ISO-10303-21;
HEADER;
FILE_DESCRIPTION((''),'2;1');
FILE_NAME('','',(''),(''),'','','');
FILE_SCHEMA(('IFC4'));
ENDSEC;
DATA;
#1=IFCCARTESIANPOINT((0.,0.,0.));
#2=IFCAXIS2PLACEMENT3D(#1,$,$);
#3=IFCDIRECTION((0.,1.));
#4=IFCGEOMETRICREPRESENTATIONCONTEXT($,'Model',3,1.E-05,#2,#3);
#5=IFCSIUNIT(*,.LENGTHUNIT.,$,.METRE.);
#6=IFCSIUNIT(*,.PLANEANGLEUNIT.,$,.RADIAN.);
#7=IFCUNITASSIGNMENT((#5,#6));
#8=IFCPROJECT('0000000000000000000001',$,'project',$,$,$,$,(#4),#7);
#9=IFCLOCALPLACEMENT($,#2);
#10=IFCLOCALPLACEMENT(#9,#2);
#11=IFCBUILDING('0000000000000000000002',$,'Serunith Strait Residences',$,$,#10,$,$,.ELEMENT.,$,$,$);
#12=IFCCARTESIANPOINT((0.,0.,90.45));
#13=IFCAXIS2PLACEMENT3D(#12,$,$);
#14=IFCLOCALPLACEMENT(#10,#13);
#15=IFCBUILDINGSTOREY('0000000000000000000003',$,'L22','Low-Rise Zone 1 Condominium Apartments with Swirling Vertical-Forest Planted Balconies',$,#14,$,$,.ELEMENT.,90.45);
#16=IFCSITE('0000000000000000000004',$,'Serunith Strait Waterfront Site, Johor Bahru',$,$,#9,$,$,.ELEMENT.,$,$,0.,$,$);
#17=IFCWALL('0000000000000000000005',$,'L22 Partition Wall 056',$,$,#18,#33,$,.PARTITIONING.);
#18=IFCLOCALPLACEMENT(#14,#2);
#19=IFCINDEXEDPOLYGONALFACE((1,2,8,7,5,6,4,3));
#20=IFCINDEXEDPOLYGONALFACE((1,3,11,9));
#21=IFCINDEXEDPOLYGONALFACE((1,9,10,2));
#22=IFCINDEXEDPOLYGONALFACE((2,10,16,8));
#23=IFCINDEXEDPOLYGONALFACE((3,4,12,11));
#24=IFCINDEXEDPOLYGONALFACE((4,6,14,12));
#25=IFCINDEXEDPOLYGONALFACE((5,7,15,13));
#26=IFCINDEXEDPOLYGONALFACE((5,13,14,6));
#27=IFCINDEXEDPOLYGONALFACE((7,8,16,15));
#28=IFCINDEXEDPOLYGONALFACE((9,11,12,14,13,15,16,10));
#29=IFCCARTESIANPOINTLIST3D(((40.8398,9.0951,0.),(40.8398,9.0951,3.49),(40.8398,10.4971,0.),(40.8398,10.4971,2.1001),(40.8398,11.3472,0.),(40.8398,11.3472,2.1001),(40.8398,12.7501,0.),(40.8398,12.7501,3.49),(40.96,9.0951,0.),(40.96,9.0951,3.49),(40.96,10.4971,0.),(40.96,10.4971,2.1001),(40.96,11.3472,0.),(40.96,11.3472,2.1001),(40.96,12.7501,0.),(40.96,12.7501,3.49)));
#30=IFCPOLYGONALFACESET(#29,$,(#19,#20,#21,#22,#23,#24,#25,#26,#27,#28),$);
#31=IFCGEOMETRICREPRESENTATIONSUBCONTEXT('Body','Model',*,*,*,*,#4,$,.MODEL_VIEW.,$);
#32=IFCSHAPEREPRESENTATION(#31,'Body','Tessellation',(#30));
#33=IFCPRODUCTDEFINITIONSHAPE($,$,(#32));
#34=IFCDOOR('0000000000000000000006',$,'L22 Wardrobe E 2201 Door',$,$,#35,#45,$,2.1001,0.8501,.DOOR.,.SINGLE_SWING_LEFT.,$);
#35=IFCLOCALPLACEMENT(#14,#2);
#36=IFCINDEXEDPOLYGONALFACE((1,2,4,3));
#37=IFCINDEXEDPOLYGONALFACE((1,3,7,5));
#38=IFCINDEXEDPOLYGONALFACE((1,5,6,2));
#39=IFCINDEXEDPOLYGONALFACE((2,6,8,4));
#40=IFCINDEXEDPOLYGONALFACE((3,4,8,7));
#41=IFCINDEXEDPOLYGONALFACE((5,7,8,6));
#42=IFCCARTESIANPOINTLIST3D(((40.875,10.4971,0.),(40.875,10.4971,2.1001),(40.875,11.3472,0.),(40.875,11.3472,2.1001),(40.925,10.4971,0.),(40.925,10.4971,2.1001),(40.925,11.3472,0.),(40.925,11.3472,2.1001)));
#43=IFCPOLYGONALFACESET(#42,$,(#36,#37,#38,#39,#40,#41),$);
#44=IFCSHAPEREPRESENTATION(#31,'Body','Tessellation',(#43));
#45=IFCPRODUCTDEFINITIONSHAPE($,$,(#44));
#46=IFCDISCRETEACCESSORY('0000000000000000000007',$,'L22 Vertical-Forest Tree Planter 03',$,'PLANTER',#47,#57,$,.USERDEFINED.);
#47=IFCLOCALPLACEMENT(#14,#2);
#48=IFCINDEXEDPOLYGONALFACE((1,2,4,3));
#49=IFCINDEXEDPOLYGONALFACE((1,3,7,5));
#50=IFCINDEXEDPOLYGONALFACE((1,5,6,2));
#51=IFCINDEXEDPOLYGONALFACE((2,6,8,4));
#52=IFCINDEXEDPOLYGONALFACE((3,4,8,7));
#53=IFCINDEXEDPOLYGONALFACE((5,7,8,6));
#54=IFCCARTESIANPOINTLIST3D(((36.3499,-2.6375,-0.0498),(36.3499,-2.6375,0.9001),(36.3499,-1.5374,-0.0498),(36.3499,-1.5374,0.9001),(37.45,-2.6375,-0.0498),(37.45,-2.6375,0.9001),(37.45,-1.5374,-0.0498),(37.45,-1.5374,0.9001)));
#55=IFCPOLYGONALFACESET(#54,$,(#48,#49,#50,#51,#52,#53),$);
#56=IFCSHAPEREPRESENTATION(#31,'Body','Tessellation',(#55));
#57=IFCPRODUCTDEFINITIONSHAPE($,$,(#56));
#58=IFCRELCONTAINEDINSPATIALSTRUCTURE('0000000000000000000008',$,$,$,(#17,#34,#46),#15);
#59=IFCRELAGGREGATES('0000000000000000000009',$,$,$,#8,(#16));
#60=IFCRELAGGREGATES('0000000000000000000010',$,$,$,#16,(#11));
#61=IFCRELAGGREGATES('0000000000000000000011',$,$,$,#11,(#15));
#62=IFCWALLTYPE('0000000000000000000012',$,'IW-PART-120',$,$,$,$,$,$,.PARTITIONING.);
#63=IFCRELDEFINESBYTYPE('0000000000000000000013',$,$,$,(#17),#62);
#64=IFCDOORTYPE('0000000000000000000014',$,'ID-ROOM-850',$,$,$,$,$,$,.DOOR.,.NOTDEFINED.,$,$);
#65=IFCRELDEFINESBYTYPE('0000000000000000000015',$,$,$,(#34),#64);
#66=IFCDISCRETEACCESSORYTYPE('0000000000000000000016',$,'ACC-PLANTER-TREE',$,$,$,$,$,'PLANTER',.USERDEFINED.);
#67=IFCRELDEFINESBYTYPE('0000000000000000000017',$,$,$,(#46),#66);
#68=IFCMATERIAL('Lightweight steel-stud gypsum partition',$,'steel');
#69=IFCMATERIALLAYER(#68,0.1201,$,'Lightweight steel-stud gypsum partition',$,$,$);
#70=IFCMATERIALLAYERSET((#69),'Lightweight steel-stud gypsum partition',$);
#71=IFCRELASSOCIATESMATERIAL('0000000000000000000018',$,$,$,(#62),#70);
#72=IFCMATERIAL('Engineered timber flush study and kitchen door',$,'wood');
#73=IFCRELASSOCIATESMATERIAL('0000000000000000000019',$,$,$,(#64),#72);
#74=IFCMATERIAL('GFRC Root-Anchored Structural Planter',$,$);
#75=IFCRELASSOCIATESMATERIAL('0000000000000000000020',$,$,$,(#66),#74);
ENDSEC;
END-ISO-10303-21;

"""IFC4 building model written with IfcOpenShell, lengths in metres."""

from ifc_helpers import new_model, si_unit, direction, frame, frame_2d, origin, origin_2d, place, context, subcontext, project, spatial, rectangle, extrude, source, transform, mapped, material, layer, layer_set, type_object, element, fill, save


model = new_model("IFC4")

# Units and contexts
model_context = context("Model", 3, precision=1e-05, world=origin(), true_north=direction((0.0, 1.0)))
body_context = subcontext(model_context, "Body", "Model", "MODEL_VIEW")
ifc_project = project(units=[si_unit("LENGTHUNIT", "METRE"), si_unit("PLANEANGLEUNIT", "RADIAN")], contexts=[model_context])

# Site, building, storey
site_placement = place(None, origin())
site = spatial("IfcSite", under=ifc_project, at=site_placement, Name="Serunith Strait Waterfront Site, Johor Bahru", CompositionType="ELEMENT", RefElevation=0.0)
building_placement = place(site_placement, origin())
building = spatial("IfcBuilding", under=site, at=building_placement, Name="Serunith Strait Residences", CompositionType="ELEMENT")
storey_placement = place(building_placement, frame((0.0, 0.0, 90.45)))
storey = spatial("IfcBuildingStorey", under=building, at=storey_placement, Name="L22", Description="Low-Rise Zone 1 Condominium Apartments with Swirling Vertical-Forest Planted Balconies", CompositionType="ELEMENT", Elevation=90.45)

# Shared definitions
ifc_material_1 = material(Name="Lightweight steel-stud gypsum partition", Category="steel")
ifc_layer_1 = layer(ifc_material_1, 0.1201, Name="Lightweight steel-stud gypsum partition")
ifc_layer_set_1 = layer_set([ifc_layer_1], Name="Lightweight steel-stud gypsum partition")
wall_type = type_object("IfcWallType", Name="IW-PART-120", PredefinedType="PARTITIONING", material=ifc_layer_set_1)

# Shared definitions
ifc_material_2 = material(Name="Engineered timber flush study and kitchen door", Category="wood")
door_type_1 = type_object("IfcDoorType", Name="ID-ROOM-850", OperationType="NOTDEFINED", PredefinedType="DOOR", material=ifc_material_2)
shared_shape_1 = source(origin(), body_context, "Body", "SweptSolid", [
    extrude(rectangle(XDim=0.8501, YDim=2.1001, at=frame_2d((0.425, 1.05))), frame((0.0, 0.0249, 0.0), z_axis=(0.0, -1.0, 0.0), x_axis=(1.0, 0.0, 0.0)), (0.0, 0.0, 1.0), 0.05),
])

# Wall, opening, door
wall_1_placement = place(storey_placement, frame((40.8999, 9.095, 0.0), z_axis=(0.0, 0.0, 1.0), x_axis=(0.0, 1.0, 0.0)))
wall_1 = element("IfcWall", 1, at=wall_1_placement, inside=storey, type_object=wall_type, Name="L22 Partition Wall 056", PredefinedType="PARTITIONING", context=body_context, shape_type="SweptSolid", body=[
    extrude(rectangle(XDim=3.655, YDim=0.1201, at=frame_2d((1.8276, 0.0))), origin(), (0.0, 0.0, 1.0), 3.49),
])
opening_1_placement = place(wall_1_placement, frame((1.4021, 0.0, 0.0)))
opening_1 = element("IfcOpeningElement", 2, at=opening_1_placement, cuts=wall_1, PredefinedType="OPENING", context=body_context, shape_type="SweptSolid", body=[
    extrude(rectangle(XDim=0.8501, YDim=2.1001, at=frame_2d((0.425, 1.05))), frame((0.0, 0.0701, 0.0), z_axis=(0.0, -1.0, 0.0), x_axis=(1.0, 0.0, 0.0)), (0.0, 0.0, 1.0), 0.1401),
])
door_1_placement = place(opening_1_placement, origin())
door_1 = element("IfcDoor", 3, at=door_1_placement, inside=storey, type_object=door_type_1, Name="L22 Wardrobe E 2201 Door", OperationType="SINGLE_SWING_LEFT", OverallHeight=2.1001, OverallWidth=0.8501, PredefinedType="DOOR", context=body_context, shape_type="MappedRepresentation", body=[
    mapped(shared_shape_1, transform((0.0, 0.0, 0.0), scale=1.0)),
])
fill(opening_1, door_1)

# Discrete accessory
ifc_material_3 = material(Name="GFRC Root-Anchored Structural Planter")
discrete_accessory_type = type_object("IfcDiscreteAccessoryType", Name="ACC-PLANTER-TREE", ElementType="PLANTER", PredefinedType="USERDEFINED", material=ifc_material_3)
shared_shape_2 = source(origin(), body_context, "Body", "SweptSolid", [
    extrude(rectangle(XDim=1.1001, YDim=1.1001, at=origin_2d()), origin(), (0.0, 0.0, 1.0), 0.95),
])
discrete_accessory_placement = place(storey_placement, frame((36.8999, -2.0874, -0.0498), z_axis=(0.0, 0.0, 1.0), x_axis=(1.0, 0.0, 0.0)))
element("IfcDiscreteAccessory", 4, at=discrete_accessory_placement, inside=storey, type_object=discrete_accessory_type, Name="L22 Vertical-Forest Tree Planter 03", ObjectType="PLANTER", PredefinedType="USERDEFINED", context=body_context, shape_type="MappedRepresentation", body=[
    mapped(shared_shape_2, transform((0.0, 0.0, 0.0), scale=1.0)),
])

save(model, "model.ifc")
